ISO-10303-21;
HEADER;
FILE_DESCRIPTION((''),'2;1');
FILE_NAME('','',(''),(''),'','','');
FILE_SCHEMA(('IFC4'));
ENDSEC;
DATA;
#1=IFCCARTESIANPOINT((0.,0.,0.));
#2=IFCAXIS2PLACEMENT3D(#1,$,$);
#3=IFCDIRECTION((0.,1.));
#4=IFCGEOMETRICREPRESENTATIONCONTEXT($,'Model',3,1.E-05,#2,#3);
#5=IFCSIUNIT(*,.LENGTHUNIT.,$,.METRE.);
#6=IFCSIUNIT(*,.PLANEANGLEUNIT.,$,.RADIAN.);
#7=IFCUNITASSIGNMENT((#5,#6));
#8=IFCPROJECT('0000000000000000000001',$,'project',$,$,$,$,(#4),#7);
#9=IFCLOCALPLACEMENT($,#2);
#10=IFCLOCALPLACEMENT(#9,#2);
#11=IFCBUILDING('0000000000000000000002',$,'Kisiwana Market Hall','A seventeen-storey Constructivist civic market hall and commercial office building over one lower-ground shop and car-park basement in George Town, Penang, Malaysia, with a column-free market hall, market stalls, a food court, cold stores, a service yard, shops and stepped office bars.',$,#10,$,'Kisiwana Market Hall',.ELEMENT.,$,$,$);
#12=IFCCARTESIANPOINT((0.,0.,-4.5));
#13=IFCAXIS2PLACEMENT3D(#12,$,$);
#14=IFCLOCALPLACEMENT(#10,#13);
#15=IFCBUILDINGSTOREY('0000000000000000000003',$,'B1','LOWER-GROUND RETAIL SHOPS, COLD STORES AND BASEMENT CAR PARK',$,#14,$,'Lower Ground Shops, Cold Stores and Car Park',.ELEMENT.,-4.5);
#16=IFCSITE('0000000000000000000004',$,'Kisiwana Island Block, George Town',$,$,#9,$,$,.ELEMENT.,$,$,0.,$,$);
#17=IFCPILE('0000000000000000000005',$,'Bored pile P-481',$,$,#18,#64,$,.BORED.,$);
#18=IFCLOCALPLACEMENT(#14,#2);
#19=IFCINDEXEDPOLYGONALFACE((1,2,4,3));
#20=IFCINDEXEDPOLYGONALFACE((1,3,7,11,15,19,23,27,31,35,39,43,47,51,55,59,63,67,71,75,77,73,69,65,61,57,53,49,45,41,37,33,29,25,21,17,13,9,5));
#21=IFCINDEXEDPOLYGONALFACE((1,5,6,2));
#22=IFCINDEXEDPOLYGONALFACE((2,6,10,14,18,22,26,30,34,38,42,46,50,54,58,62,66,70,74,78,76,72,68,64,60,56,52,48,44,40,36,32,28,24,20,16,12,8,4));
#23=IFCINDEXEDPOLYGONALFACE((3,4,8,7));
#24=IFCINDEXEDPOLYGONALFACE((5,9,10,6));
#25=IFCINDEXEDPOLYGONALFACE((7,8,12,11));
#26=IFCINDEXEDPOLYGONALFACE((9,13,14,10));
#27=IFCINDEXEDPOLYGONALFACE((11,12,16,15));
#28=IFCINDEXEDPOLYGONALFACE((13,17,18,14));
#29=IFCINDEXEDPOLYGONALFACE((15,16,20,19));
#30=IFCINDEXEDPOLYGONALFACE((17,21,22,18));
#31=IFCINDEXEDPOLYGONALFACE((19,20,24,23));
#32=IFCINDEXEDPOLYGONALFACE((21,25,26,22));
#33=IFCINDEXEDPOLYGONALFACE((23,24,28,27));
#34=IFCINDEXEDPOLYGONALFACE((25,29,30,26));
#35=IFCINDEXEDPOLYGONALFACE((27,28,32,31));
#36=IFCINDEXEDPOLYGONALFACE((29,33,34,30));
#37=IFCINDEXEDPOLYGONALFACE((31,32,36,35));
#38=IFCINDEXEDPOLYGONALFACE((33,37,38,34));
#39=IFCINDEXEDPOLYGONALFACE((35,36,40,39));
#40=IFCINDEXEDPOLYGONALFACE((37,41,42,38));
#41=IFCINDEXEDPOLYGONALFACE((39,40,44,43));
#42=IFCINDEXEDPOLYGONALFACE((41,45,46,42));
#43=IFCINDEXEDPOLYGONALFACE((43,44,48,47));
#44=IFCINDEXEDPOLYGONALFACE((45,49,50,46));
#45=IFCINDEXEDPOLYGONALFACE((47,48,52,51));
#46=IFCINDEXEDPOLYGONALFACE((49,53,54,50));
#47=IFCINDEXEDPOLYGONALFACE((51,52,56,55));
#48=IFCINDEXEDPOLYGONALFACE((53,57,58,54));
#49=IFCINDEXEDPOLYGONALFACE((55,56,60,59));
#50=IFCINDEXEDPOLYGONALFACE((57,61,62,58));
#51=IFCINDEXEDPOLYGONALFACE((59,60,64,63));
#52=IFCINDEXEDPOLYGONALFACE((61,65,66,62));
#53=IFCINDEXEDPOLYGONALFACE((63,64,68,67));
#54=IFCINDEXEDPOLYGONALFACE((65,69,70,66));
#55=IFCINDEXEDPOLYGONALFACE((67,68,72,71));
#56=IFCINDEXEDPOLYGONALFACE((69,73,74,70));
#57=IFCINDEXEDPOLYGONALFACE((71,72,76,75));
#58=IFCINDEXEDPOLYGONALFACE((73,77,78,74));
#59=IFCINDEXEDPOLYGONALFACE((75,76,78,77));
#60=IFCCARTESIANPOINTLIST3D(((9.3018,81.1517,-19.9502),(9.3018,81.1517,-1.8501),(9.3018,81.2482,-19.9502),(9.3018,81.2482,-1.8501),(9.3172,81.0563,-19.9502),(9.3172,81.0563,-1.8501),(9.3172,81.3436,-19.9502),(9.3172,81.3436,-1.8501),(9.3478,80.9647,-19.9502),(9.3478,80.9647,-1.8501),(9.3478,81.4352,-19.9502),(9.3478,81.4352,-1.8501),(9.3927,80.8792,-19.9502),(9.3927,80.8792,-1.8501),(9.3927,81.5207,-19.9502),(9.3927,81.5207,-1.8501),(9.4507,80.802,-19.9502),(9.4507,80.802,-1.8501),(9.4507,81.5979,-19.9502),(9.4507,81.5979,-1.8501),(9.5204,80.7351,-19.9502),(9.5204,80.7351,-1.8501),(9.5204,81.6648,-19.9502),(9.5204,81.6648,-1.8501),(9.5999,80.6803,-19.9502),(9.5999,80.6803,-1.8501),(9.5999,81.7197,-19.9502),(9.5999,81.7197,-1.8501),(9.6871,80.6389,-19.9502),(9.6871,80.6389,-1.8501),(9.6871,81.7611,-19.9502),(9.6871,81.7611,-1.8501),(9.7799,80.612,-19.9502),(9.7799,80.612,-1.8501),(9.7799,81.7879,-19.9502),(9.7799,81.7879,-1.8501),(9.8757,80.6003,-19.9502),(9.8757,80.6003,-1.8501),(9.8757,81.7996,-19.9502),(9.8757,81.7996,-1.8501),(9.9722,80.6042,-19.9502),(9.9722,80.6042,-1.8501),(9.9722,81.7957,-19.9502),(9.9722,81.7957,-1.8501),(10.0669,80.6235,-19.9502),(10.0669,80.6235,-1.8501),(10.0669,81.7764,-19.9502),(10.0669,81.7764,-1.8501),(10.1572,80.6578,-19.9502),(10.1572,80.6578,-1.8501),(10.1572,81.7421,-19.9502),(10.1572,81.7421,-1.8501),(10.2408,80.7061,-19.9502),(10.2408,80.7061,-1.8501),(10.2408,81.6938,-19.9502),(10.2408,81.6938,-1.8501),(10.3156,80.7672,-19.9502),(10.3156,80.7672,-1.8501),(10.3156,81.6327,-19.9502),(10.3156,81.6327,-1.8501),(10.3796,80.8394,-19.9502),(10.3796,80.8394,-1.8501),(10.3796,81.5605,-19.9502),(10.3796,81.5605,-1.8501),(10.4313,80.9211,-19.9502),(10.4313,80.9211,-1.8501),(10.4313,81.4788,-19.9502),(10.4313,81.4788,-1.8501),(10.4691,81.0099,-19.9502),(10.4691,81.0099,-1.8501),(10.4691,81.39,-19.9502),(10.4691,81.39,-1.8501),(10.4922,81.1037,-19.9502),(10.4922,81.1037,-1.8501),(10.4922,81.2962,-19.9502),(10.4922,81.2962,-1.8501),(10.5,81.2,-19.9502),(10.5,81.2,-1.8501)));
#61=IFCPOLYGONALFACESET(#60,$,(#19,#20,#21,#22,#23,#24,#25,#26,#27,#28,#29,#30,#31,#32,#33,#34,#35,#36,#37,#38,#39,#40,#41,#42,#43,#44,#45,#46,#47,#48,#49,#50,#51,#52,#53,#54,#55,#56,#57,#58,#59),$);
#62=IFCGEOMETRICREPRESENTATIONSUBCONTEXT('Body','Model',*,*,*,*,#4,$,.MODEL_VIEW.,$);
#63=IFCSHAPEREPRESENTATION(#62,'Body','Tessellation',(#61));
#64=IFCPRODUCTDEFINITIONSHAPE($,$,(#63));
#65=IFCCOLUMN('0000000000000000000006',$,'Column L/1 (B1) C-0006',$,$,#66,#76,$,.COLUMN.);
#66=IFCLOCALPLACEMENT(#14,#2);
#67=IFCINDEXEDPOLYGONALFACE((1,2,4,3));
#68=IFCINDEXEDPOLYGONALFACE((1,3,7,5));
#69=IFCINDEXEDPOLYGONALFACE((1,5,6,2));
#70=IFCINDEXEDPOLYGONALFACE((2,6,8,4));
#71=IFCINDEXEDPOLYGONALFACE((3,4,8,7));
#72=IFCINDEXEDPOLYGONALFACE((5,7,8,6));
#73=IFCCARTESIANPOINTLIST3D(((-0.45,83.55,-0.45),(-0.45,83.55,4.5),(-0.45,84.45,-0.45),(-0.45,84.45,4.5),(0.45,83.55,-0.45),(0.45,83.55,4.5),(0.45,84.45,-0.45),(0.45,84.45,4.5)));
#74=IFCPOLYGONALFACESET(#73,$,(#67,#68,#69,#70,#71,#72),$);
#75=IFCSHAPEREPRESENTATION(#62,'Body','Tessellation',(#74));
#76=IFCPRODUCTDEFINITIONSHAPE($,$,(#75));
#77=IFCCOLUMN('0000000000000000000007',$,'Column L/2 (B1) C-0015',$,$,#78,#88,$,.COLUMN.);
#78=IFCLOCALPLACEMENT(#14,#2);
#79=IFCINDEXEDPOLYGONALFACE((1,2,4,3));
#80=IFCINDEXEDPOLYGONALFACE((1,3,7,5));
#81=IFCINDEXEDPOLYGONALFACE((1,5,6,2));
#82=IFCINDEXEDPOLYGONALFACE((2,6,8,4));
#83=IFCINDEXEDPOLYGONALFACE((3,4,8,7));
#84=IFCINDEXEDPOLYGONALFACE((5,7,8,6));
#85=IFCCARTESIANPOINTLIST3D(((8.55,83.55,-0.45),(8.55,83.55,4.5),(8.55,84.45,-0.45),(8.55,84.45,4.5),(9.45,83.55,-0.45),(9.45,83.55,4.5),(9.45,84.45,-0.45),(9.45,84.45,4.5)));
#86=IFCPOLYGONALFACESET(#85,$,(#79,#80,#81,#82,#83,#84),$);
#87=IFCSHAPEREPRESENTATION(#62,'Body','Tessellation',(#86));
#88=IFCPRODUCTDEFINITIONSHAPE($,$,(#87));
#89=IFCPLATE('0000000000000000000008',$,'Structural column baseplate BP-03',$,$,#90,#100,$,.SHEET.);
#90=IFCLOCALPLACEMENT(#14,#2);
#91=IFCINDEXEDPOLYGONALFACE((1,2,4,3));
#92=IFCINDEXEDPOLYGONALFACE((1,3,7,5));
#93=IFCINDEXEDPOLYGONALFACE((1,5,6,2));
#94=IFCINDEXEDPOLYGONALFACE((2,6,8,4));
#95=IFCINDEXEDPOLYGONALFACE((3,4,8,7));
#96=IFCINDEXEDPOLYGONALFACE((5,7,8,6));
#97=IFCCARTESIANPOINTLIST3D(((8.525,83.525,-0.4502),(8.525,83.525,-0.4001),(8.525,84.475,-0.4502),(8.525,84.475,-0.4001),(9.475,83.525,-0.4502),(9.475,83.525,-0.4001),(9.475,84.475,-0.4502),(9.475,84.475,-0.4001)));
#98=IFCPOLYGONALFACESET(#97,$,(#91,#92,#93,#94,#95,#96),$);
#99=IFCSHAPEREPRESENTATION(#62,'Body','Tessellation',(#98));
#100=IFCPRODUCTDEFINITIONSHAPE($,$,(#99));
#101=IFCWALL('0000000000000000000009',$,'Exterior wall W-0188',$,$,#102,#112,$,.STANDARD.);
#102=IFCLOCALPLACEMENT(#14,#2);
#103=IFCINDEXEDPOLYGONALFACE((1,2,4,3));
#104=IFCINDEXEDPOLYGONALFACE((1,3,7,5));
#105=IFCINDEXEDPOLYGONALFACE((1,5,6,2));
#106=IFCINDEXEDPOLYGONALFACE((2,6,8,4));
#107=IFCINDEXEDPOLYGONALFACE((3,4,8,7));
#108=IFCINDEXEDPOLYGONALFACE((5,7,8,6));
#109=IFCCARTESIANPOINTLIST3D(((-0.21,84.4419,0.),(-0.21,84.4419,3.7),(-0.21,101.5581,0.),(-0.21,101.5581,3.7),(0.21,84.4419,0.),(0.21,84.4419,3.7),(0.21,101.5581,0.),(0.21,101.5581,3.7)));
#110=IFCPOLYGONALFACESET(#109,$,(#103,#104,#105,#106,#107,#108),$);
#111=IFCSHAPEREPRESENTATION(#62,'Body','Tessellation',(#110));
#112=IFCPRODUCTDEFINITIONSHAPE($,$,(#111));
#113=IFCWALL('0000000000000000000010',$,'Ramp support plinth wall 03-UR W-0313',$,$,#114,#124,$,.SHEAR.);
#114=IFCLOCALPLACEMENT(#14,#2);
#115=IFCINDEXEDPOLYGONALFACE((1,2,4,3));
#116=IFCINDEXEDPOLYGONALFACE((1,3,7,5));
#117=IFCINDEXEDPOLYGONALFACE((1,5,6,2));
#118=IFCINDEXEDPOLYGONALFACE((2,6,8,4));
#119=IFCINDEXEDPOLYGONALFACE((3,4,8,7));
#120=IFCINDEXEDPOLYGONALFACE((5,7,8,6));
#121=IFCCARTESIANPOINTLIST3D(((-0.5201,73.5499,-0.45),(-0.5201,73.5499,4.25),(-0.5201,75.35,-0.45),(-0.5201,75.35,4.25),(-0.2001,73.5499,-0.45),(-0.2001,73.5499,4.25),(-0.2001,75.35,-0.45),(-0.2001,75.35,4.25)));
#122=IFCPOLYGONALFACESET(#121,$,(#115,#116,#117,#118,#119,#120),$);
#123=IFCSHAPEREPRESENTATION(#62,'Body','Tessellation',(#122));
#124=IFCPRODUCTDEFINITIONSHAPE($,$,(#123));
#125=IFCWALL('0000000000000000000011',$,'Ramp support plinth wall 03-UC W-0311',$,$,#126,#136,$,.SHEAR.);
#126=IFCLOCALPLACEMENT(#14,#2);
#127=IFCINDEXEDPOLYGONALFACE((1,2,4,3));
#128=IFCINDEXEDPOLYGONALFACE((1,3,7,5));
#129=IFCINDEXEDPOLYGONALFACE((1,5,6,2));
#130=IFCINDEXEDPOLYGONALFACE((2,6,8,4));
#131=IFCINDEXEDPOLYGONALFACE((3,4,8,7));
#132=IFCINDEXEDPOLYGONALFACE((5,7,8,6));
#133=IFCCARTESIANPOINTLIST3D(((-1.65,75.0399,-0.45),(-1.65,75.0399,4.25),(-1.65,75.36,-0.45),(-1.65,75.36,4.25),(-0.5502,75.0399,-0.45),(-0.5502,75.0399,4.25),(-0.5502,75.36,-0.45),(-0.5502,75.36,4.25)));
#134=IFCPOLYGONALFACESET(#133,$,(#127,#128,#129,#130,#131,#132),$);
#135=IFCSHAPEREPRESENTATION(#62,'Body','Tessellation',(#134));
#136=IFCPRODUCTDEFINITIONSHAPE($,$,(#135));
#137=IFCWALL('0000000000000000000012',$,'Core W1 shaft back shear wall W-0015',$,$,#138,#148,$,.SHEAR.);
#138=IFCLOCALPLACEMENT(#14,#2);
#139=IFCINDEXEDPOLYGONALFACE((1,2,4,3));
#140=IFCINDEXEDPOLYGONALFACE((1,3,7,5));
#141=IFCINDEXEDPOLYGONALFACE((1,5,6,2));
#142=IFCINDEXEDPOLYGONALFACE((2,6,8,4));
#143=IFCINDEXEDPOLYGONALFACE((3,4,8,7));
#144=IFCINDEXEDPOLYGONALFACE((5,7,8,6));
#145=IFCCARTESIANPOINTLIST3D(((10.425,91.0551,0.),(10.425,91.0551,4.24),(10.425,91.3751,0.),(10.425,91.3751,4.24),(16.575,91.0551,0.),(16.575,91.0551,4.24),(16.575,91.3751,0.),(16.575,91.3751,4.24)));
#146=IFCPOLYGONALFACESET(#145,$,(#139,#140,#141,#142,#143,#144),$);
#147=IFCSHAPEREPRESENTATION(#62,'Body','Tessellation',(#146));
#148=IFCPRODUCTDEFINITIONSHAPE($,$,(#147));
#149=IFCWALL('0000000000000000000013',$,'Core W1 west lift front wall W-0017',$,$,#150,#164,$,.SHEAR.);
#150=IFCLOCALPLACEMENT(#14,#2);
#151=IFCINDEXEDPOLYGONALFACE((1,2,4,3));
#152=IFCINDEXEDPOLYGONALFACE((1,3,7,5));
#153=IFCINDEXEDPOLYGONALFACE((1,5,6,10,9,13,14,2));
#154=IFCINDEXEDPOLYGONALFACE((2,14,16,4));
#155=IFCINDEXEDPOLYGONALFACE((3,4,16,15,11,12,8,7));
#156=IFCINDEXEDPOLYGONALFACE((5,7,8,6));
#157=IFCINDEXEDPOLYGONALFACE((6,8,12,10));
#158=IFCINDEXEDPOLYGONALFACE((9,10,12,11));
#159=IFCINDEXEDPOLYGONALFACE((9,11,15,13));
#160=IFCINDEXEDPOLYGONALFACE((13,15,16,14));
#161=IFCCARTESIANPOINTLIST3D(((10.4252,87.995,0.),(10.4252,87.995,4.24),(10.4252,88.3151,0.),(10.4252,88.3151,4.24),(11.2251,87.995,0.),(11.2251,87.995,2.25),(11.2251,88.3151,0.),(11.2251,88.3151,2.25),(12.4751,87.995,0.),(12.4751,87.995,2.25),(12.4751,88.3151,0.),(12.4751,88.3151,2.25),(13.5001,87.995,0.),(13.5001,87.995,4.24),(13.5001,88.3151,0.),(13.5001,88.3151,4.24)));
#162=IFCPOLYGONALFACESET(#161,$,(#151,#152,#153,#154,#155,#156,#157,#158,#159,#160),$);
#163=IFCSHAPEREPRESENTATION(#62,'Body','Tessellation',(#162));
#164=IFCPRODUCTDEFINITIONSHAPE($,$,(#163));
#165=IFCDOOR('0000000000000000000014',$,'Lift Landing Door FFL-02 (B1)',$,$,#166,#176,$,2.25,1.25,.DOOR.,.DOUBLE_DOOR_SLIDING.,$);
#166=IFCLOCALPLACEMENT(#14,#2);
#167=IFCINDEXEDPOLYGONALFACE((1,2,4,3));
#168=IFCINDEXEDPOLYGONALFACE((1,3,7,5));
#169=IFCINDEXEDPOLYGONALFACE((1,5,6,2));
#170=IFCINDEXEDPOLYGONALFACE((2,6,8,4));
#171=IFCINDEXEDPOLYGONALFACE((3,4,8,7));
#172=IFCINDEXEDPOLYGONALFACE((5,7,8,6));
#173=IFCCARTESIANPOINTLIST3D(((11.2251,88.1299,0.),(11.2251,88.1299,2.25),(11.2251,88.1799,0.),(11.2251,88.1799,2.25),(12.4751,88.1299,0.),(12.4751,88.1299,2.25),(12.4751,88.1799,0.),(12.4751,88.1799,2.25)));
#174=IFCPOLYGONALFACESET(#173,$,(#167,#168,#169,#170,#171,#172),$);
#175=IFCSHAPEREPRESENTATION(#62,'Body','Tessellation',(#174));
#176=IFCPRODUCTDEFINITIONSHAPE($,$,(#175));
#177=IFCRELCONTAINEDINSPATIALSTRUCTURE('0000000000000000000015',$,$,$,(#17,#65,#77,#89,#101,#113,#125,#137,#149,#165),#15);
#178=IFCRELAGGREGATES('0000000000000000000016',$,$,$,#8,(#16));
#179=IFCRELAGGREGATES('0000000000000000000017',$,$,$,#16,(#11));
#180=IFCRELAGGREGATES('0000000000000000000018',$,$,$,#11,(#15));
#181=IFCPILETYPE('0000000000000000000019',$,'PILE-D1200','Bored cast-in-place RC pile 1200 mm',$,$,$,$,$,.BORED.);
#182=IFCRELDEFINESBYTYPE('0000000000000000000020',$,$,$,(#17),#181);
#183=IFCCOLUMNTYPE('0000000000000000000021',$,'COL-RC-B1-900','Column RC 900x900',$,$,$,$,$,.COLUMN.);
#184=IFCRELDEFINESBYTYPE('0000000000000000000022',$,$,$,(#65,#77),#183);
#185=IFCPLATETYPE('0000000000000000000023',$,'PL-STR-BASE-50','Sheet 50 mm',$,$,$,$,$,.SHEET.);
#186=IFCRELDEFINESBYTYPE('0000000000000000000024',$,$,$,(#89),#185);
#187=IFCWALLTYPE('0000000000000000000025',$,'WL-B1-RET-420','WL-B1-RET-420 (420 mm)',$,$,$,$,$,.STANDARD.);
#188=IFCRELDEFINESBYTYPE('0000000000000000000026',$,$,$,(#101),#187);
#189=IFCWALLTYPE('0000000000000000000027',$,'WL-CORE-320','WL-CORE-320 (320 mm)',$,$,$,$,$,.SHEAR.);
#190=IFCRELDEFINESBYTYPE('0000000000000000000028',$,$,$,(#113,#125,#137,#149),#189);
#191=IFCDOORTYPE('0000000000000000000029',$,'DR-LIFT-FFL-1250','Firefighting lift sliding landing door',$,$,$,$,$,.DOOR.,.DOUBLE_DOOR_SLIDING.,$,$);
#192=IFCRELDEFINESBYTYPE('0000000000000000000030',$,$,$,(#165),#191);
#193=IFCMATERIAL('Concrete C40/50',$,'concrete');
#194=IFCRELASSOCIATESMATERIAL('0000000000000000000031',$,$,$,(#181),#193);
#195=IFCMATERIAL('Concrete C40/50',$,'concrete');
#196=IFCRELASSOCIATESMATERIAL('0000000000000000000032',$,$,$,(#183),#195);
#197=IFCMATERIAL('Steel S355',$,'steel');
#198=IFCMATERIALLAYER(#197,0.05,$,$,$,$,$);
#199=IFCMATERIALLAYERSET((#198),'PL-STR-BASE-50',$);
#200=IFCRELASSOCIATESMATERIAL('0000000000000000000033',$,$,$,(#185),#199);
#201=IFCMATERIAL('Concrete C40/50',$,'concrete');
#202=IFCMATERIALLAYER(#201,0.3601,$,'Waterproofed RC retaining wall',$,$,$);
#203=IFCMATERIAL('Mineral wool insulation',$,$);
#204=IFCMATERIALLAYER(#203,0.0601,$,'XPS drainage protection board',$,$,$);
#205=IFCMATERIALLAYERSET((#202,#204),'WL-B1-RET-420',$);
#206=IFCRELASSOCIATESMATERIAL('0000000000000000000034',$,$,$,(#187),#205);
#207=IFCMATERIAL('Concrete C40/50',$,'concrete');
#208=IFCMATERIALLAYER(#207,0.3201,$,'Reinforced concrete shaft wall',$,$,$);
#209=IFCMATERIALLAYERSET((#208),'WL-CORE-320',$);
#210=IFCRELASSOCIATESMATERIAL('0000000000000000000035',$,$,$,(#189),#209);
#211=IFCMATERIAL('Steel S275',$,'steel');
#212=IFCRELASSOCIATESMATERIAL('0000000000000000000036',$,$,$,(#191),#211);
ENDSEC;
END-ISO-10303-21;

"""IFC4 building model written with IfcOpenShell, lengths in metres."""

from ifc_helpers import new_model, si_unit, direction, frame, frame_2d, origin, origin_2d, place, context, subcontext, project, spatial, rectangle, circle, extrude, material, layer, layer_set, material_profile, profile_set, type_object, element, fill, save


model = new_model("IFC4")

# Units and contexts
model_context = context("Model", 3, precision=1e-05, world=origin(), true_north=direction((0.0, 1.0)))
body_context = subcontext(model_context, "Body", "Model", "MODEL_VIEW")
ifc_project = project(units=[si_unit("LENGTHUNIT", "METRE"), si_unit("PLANEANGLEUNIT", "RADIAN")], contexts=[model_context])

# Site, building, storey
site_placement = place(None, origin())
site = spatial("IfcSite", under=ifc_project, at=site_placement, Name="Kisiwana Island Block, George Town", CompositionType="ELEMENT", RefElevation=0.0)
building_placement = place(site_placement, origin())
building = spatial("IfcBuilding", under=site, at=building_placement, Name="Kisiwana Market Hall", Description="A seventeen-storey Constructivist civic market hall and commercial office building over one lower-ground shop and car-park basement in George Town, Penang, Malaysia, with a column-free market hall, market stalls, a food court, cold stores, a service yard, shops and stepped office bars.", LongName="Kisiwana Market Hall", CompositionType="ELEMENT")
storey_placement = place(building_placement, frame((0.0, 0.0, -4.5)))
storey = spatial("IfcBuildingStorey", under=building, at=storey_placement, Name="B1", Description="LOWER-GROUND RETAIL SHOPS, COLD STORES AND BASEMENT CAR PARK", LongName="Lower Ground Shops, Cold Stores and Car Park", CompositionType="ELEMENT", Elevation=-4.5)

# Pile
ifc_material_1 = material(Name="Concrete C40/50", Category="concrete")
ifc_material_profile_1 = material_profile(ifc_material_1, circle(Radius=0.6001, at=origin_2d()), Name="BP D1200")
ifc_profile_set_1 = profile_set([ifc_material_profile_1], Name="Concrete C40/50")
pile_type_1 = type_object("IfcPileType", Name="PILE-D1200", Description="Bored cast-in-place RC pile 1200 mm", PredefinedType="BORED", material=ifc_profile_set_1)
for number, where, z_axis, x_axis, name in (
    (1, (9.8999, 81.2, -1.8501), (0.0, 0.0, -1.0), (1.0, 0.0, 0.0), "Bored pile P-481"),
):
    element("IfcPile", number, at=place(storey_placement, frame(where, z_axis=z_axis, x_axis=x_axis)), inside=storey, type_object=pile_type_1, Name=name, PredefinedType="BORED", context=body_context, shape_type="SweptSolid", body=[
        extrude(circle(Radius=0.6001, at=origin_2d()), origin(), (0.0, 0.0, 1.0), 18.1001),
    ])

# Columns
ifc_material_2 = material(Name="Concrete C40/50", Category="concrete")
ifc_material_profile_2 = material_profile(ifc_material_2, rectangle(XDim=0.8999, YDim=0.8999, at=origin_2d()), Name="RC 900x900")
ifc_profile_set_2 = profile_set([ifc_material_profile_2], Name="Concrete C40/50")
column_type = type_object("IfcColumnType", Name="COL-RC-B1-900", Description="Column RC 900x900", PredefinedType="COLUMN", material=ifc_profile_set_2)
for number, where, z_axis, x_axis, name in (
    (2, (0.0, 84.0, -0.45), (0.0, 0.0, 1.0), (1.0, 0.0, 0.0), "Column L/1 (B1) C-0006"),
    (3, (9.0, 84.0, -0.45), (0.0, 0.0, 1.0), (1.0, 0.0, 0.0), "Column L/2 (B1) C-0015"),
):
    element("IfcColumn", number, at=place(storey_placement, frame(where, z_axis=z_axis, x_axis=x_axis)), inside=storey, type_object=column_type, Name=name, PredefinedType="COLUMN", context=body_context, shape_type="SweptSolid", body=[
        extrude(rectangle(XDim=0.8999, YDim=0.8999, at=origin_2d()), origin(), (0.0, 0.0, 1.0), 4.95),
    ])

# Plate
ifc_material_3 = material(Name="Steel S355", Category="steel")
ifc_layer_1 = layer(ifc_material_3, 0.05)
ifc_layer_set_1 = layer_set([ifc_layer_1], Name="PL-STR-BASE-50")
plate_type = type_object("IfcPlateType", Name="PL-STR-BASE-50", Description="Sheet 50 mm", PredefinedType="SHEET", material=ifc_layer_set_1)
plate_placement = place(storey_placement, frame((9.0, 84.0, -0.4502), z_axis=(0.0, 0.0, 1.0), x_axis=(1.0, 0.0, 0.0)))
element("IfcPlate", 4, at=plate_placement, inside=storey, type_object=plate_type, Name="Structural column baseplate BP-03", PredefinedType="SHEET", context=body_context, shape_type="SweptSolid", body=[
    extrude(rectangle(XDim=0.95, YDim=0.95, at=origin_2d()), origin(), (0.0, 0.0, 1.0), 0.05),
])

# Walls
ifc_material_4 = material(Name="Concrete C40/50", Category="concrete")
ifc_layer_2 = layer(ifc_material_4, 0.3601, Name="Waterproofed RC retaining wall")
ifc_material_5 = material(Name="Mineral wool insulation")
ifc_layer_3 = layer(ifc_material_5, 0.0601, Name="XPS drainage protection board")
ifc_layer_set_2 = layer_set([ifc_layer_2, ifc_layer_3], Name="WL-B1-RET-420")
wall_type_1 = type_object("IfcWallType", Name="WL-B1-RET-420", Description="WL-B1-RET-420 (420 mm)", PredefinedType="STANDARD", material=ifc_layer_set_2)
wall_1_placement = place(storey_placement, frame((0.0, 84.4419, 0.0), z_axis=(0.0, 0.0, 1.0), x_axis=(0.0, 1.0, 0.0)))
element("IfcWall", 5, at=wall_1_placement, inside=storey, type_object=wall_type_1, Name="Exterior wall W-0188", PredefinedType="STANDARD", context=body_context, shape_type="SweptSolid", body=[
    extrude(rectangle(XDim=17.1162, YDim=0.4199, at=frame_2d((8.5581, 0.0))), origin(), (0.0, 0.0, 1.0), 3.7),
])
ifc_material_6 = material(Name="Concrete C40/50", Category="concrete")
ifc_layer_4 = layer(ifc_material_6, 0.3201, Name="Reinforced concrete shaft wall")
ifc_layer_set_3 = layer_set([ifc_layer_4], Name="WL-CORE-320")
wall_type_2 = type_object("IfcWallType", Name="WL-CORE-320", Description="WL-CORE-320 (320 mm)", PredefinedType="SHEAR", material=ifc_layer_set_3)
wall_2_placement = place(storey_placement, frame((-0.3601, 73.55, -0.45), z_axis=(0.0, 0.0, 1.0), x_axis=(0.0, 1.0, 0.0)))
element("IfcWall", 6, at=wall_2_placement, inside=storey, type_object=wall_type_2, Name="Ramp support plinth wall 03-UR W-0313", PredefinedType="SHEAR", context=body_context, shape_type="SweptSolid", body=[
    extrude(rectangle(XDim=1.8, YDim=0.3201, at=frame_2d((0.8999, 0.0))), origin(), (0.0, 0.0, 1.0), 4.7),
])
wall_3_placement = place(storey_placement, frame((-1.6499, 75.2, -0.45), z_axis=(0.0, 0.0, 1.0), x_axis=(1.0, 0.0, 0.0)))
element("IfcWall", 7, at=wall_3_placement, inside=storey, type_object=wall_type_2, Name="Ramp support plinth wall 03-UC W-0311", PredefinedType="SHEAR", context=body_context, shape_type="SweptSolid", body=[
    extrude(rectangle(XDim=1.0999, YDim=0.3201, at=frame_2d((0.5498, 0.0))), origin(), (0.0, 0.0, 1.0), 4.7),
])
wall_4_placement = place(storey_placement, frame((10.425, 91.2151, 0.0), z_axis=(0.0, 0.0, 1.0), x_axis=(1.0, 0.0, 0.0)))
element("IfcWall", 8, at=wall_4_placement, inside=storey, type_object=wall_type_2, Name="Core W1 shaft back shear wall W-0015", PredefinedType="SHEAR", context=body_context, shape_type="SweptSolid", body=[
    extrude(rectangle(XDim=6.1499, YDim=0.3201, at=frame_2d((3.075, 0.0))), origin(), (0.0, 0.0, 1.0), 4.24),
])

# Wall, opening, door
wall_5_placement = place(storey_placement, frame((10.425, 88.155, 0.0), z_axis=(0.0, 0.0, 1.0), x_axis=(1.0, 0.0, 0.0)))
wall_5 = element("IfcWall", 9, at=wall_5_placement, inside=storey, type_object=wall_type_2, Name="Core W1 west lift front wall W-0017", PredefinedType="SHEAR", context=body_context, shape_type="SweptSolid", body=[
    extrude(rectangle(XDim=3.075, YDim=0.3201, at=frame_2d((1.5376, 0.0))), origin(), (0.0, 0.0, 1.0), 4.24),
])
opening_1_placement = place(wall_5_placement, frame((0.8, 0.0, 0.0)))
opening_1 = element("IfcOpeningElement", 10, at=opening_1_placement, cuts=wall_5, PredefinedType="OPENING", context=body_context, shape_type="SweptSolid", body=[
    extrude(rectangle(XDim=1.25, YDim=2.25, at=frame_2d((0.625, 1.125))), frame((0.0, 0.1719, 0.0), z_axis=(0.0, -1.0, 0.0), x_axis=(1.0, 0.0, 0.0)), (0.0, 0.0, 1.0), 0.344),
])
ifc_material_7 = material(Name="Steel S275", Category="steel")
door_type_1 = type_object("IfcDoorType", Name="DR-LIFT-FFL-1250", Description="Firefighting lift sliding landing door", OperationType="DOUBLE_DOOR_SLIDING", PredefinedType="DOOR", material=ifc_material_7)
door_1_placement = place(opening_1_placement, origin())
door_1 = element("IfcDoor", 11, at=door_1_placement, inside=storey, type_object=door_type_1, Name="Lift Landing Door FFL-02 (B1)", OperationType="DOUBLE_DOOR_SLIDING", OverallHeight=2.25, OverallWidth=1.25, PredefinedType="DOOR", context=body_context, shape_type="SweptSolid", body=[
    extrude(rectangle(XDim=1.25, YDim=2.25, at=frame_2d((0.625, 1.125))), frame((0.0, 0.0249, 0.0), z_axis=(0.0, -1.0, 0.0), x_axis=(1.0, 0.0, 0.0)), (0.0, 0.0, 1.0), 0.05),
])
fill(opening_1, door_1)

save(model, "model.ifc")
